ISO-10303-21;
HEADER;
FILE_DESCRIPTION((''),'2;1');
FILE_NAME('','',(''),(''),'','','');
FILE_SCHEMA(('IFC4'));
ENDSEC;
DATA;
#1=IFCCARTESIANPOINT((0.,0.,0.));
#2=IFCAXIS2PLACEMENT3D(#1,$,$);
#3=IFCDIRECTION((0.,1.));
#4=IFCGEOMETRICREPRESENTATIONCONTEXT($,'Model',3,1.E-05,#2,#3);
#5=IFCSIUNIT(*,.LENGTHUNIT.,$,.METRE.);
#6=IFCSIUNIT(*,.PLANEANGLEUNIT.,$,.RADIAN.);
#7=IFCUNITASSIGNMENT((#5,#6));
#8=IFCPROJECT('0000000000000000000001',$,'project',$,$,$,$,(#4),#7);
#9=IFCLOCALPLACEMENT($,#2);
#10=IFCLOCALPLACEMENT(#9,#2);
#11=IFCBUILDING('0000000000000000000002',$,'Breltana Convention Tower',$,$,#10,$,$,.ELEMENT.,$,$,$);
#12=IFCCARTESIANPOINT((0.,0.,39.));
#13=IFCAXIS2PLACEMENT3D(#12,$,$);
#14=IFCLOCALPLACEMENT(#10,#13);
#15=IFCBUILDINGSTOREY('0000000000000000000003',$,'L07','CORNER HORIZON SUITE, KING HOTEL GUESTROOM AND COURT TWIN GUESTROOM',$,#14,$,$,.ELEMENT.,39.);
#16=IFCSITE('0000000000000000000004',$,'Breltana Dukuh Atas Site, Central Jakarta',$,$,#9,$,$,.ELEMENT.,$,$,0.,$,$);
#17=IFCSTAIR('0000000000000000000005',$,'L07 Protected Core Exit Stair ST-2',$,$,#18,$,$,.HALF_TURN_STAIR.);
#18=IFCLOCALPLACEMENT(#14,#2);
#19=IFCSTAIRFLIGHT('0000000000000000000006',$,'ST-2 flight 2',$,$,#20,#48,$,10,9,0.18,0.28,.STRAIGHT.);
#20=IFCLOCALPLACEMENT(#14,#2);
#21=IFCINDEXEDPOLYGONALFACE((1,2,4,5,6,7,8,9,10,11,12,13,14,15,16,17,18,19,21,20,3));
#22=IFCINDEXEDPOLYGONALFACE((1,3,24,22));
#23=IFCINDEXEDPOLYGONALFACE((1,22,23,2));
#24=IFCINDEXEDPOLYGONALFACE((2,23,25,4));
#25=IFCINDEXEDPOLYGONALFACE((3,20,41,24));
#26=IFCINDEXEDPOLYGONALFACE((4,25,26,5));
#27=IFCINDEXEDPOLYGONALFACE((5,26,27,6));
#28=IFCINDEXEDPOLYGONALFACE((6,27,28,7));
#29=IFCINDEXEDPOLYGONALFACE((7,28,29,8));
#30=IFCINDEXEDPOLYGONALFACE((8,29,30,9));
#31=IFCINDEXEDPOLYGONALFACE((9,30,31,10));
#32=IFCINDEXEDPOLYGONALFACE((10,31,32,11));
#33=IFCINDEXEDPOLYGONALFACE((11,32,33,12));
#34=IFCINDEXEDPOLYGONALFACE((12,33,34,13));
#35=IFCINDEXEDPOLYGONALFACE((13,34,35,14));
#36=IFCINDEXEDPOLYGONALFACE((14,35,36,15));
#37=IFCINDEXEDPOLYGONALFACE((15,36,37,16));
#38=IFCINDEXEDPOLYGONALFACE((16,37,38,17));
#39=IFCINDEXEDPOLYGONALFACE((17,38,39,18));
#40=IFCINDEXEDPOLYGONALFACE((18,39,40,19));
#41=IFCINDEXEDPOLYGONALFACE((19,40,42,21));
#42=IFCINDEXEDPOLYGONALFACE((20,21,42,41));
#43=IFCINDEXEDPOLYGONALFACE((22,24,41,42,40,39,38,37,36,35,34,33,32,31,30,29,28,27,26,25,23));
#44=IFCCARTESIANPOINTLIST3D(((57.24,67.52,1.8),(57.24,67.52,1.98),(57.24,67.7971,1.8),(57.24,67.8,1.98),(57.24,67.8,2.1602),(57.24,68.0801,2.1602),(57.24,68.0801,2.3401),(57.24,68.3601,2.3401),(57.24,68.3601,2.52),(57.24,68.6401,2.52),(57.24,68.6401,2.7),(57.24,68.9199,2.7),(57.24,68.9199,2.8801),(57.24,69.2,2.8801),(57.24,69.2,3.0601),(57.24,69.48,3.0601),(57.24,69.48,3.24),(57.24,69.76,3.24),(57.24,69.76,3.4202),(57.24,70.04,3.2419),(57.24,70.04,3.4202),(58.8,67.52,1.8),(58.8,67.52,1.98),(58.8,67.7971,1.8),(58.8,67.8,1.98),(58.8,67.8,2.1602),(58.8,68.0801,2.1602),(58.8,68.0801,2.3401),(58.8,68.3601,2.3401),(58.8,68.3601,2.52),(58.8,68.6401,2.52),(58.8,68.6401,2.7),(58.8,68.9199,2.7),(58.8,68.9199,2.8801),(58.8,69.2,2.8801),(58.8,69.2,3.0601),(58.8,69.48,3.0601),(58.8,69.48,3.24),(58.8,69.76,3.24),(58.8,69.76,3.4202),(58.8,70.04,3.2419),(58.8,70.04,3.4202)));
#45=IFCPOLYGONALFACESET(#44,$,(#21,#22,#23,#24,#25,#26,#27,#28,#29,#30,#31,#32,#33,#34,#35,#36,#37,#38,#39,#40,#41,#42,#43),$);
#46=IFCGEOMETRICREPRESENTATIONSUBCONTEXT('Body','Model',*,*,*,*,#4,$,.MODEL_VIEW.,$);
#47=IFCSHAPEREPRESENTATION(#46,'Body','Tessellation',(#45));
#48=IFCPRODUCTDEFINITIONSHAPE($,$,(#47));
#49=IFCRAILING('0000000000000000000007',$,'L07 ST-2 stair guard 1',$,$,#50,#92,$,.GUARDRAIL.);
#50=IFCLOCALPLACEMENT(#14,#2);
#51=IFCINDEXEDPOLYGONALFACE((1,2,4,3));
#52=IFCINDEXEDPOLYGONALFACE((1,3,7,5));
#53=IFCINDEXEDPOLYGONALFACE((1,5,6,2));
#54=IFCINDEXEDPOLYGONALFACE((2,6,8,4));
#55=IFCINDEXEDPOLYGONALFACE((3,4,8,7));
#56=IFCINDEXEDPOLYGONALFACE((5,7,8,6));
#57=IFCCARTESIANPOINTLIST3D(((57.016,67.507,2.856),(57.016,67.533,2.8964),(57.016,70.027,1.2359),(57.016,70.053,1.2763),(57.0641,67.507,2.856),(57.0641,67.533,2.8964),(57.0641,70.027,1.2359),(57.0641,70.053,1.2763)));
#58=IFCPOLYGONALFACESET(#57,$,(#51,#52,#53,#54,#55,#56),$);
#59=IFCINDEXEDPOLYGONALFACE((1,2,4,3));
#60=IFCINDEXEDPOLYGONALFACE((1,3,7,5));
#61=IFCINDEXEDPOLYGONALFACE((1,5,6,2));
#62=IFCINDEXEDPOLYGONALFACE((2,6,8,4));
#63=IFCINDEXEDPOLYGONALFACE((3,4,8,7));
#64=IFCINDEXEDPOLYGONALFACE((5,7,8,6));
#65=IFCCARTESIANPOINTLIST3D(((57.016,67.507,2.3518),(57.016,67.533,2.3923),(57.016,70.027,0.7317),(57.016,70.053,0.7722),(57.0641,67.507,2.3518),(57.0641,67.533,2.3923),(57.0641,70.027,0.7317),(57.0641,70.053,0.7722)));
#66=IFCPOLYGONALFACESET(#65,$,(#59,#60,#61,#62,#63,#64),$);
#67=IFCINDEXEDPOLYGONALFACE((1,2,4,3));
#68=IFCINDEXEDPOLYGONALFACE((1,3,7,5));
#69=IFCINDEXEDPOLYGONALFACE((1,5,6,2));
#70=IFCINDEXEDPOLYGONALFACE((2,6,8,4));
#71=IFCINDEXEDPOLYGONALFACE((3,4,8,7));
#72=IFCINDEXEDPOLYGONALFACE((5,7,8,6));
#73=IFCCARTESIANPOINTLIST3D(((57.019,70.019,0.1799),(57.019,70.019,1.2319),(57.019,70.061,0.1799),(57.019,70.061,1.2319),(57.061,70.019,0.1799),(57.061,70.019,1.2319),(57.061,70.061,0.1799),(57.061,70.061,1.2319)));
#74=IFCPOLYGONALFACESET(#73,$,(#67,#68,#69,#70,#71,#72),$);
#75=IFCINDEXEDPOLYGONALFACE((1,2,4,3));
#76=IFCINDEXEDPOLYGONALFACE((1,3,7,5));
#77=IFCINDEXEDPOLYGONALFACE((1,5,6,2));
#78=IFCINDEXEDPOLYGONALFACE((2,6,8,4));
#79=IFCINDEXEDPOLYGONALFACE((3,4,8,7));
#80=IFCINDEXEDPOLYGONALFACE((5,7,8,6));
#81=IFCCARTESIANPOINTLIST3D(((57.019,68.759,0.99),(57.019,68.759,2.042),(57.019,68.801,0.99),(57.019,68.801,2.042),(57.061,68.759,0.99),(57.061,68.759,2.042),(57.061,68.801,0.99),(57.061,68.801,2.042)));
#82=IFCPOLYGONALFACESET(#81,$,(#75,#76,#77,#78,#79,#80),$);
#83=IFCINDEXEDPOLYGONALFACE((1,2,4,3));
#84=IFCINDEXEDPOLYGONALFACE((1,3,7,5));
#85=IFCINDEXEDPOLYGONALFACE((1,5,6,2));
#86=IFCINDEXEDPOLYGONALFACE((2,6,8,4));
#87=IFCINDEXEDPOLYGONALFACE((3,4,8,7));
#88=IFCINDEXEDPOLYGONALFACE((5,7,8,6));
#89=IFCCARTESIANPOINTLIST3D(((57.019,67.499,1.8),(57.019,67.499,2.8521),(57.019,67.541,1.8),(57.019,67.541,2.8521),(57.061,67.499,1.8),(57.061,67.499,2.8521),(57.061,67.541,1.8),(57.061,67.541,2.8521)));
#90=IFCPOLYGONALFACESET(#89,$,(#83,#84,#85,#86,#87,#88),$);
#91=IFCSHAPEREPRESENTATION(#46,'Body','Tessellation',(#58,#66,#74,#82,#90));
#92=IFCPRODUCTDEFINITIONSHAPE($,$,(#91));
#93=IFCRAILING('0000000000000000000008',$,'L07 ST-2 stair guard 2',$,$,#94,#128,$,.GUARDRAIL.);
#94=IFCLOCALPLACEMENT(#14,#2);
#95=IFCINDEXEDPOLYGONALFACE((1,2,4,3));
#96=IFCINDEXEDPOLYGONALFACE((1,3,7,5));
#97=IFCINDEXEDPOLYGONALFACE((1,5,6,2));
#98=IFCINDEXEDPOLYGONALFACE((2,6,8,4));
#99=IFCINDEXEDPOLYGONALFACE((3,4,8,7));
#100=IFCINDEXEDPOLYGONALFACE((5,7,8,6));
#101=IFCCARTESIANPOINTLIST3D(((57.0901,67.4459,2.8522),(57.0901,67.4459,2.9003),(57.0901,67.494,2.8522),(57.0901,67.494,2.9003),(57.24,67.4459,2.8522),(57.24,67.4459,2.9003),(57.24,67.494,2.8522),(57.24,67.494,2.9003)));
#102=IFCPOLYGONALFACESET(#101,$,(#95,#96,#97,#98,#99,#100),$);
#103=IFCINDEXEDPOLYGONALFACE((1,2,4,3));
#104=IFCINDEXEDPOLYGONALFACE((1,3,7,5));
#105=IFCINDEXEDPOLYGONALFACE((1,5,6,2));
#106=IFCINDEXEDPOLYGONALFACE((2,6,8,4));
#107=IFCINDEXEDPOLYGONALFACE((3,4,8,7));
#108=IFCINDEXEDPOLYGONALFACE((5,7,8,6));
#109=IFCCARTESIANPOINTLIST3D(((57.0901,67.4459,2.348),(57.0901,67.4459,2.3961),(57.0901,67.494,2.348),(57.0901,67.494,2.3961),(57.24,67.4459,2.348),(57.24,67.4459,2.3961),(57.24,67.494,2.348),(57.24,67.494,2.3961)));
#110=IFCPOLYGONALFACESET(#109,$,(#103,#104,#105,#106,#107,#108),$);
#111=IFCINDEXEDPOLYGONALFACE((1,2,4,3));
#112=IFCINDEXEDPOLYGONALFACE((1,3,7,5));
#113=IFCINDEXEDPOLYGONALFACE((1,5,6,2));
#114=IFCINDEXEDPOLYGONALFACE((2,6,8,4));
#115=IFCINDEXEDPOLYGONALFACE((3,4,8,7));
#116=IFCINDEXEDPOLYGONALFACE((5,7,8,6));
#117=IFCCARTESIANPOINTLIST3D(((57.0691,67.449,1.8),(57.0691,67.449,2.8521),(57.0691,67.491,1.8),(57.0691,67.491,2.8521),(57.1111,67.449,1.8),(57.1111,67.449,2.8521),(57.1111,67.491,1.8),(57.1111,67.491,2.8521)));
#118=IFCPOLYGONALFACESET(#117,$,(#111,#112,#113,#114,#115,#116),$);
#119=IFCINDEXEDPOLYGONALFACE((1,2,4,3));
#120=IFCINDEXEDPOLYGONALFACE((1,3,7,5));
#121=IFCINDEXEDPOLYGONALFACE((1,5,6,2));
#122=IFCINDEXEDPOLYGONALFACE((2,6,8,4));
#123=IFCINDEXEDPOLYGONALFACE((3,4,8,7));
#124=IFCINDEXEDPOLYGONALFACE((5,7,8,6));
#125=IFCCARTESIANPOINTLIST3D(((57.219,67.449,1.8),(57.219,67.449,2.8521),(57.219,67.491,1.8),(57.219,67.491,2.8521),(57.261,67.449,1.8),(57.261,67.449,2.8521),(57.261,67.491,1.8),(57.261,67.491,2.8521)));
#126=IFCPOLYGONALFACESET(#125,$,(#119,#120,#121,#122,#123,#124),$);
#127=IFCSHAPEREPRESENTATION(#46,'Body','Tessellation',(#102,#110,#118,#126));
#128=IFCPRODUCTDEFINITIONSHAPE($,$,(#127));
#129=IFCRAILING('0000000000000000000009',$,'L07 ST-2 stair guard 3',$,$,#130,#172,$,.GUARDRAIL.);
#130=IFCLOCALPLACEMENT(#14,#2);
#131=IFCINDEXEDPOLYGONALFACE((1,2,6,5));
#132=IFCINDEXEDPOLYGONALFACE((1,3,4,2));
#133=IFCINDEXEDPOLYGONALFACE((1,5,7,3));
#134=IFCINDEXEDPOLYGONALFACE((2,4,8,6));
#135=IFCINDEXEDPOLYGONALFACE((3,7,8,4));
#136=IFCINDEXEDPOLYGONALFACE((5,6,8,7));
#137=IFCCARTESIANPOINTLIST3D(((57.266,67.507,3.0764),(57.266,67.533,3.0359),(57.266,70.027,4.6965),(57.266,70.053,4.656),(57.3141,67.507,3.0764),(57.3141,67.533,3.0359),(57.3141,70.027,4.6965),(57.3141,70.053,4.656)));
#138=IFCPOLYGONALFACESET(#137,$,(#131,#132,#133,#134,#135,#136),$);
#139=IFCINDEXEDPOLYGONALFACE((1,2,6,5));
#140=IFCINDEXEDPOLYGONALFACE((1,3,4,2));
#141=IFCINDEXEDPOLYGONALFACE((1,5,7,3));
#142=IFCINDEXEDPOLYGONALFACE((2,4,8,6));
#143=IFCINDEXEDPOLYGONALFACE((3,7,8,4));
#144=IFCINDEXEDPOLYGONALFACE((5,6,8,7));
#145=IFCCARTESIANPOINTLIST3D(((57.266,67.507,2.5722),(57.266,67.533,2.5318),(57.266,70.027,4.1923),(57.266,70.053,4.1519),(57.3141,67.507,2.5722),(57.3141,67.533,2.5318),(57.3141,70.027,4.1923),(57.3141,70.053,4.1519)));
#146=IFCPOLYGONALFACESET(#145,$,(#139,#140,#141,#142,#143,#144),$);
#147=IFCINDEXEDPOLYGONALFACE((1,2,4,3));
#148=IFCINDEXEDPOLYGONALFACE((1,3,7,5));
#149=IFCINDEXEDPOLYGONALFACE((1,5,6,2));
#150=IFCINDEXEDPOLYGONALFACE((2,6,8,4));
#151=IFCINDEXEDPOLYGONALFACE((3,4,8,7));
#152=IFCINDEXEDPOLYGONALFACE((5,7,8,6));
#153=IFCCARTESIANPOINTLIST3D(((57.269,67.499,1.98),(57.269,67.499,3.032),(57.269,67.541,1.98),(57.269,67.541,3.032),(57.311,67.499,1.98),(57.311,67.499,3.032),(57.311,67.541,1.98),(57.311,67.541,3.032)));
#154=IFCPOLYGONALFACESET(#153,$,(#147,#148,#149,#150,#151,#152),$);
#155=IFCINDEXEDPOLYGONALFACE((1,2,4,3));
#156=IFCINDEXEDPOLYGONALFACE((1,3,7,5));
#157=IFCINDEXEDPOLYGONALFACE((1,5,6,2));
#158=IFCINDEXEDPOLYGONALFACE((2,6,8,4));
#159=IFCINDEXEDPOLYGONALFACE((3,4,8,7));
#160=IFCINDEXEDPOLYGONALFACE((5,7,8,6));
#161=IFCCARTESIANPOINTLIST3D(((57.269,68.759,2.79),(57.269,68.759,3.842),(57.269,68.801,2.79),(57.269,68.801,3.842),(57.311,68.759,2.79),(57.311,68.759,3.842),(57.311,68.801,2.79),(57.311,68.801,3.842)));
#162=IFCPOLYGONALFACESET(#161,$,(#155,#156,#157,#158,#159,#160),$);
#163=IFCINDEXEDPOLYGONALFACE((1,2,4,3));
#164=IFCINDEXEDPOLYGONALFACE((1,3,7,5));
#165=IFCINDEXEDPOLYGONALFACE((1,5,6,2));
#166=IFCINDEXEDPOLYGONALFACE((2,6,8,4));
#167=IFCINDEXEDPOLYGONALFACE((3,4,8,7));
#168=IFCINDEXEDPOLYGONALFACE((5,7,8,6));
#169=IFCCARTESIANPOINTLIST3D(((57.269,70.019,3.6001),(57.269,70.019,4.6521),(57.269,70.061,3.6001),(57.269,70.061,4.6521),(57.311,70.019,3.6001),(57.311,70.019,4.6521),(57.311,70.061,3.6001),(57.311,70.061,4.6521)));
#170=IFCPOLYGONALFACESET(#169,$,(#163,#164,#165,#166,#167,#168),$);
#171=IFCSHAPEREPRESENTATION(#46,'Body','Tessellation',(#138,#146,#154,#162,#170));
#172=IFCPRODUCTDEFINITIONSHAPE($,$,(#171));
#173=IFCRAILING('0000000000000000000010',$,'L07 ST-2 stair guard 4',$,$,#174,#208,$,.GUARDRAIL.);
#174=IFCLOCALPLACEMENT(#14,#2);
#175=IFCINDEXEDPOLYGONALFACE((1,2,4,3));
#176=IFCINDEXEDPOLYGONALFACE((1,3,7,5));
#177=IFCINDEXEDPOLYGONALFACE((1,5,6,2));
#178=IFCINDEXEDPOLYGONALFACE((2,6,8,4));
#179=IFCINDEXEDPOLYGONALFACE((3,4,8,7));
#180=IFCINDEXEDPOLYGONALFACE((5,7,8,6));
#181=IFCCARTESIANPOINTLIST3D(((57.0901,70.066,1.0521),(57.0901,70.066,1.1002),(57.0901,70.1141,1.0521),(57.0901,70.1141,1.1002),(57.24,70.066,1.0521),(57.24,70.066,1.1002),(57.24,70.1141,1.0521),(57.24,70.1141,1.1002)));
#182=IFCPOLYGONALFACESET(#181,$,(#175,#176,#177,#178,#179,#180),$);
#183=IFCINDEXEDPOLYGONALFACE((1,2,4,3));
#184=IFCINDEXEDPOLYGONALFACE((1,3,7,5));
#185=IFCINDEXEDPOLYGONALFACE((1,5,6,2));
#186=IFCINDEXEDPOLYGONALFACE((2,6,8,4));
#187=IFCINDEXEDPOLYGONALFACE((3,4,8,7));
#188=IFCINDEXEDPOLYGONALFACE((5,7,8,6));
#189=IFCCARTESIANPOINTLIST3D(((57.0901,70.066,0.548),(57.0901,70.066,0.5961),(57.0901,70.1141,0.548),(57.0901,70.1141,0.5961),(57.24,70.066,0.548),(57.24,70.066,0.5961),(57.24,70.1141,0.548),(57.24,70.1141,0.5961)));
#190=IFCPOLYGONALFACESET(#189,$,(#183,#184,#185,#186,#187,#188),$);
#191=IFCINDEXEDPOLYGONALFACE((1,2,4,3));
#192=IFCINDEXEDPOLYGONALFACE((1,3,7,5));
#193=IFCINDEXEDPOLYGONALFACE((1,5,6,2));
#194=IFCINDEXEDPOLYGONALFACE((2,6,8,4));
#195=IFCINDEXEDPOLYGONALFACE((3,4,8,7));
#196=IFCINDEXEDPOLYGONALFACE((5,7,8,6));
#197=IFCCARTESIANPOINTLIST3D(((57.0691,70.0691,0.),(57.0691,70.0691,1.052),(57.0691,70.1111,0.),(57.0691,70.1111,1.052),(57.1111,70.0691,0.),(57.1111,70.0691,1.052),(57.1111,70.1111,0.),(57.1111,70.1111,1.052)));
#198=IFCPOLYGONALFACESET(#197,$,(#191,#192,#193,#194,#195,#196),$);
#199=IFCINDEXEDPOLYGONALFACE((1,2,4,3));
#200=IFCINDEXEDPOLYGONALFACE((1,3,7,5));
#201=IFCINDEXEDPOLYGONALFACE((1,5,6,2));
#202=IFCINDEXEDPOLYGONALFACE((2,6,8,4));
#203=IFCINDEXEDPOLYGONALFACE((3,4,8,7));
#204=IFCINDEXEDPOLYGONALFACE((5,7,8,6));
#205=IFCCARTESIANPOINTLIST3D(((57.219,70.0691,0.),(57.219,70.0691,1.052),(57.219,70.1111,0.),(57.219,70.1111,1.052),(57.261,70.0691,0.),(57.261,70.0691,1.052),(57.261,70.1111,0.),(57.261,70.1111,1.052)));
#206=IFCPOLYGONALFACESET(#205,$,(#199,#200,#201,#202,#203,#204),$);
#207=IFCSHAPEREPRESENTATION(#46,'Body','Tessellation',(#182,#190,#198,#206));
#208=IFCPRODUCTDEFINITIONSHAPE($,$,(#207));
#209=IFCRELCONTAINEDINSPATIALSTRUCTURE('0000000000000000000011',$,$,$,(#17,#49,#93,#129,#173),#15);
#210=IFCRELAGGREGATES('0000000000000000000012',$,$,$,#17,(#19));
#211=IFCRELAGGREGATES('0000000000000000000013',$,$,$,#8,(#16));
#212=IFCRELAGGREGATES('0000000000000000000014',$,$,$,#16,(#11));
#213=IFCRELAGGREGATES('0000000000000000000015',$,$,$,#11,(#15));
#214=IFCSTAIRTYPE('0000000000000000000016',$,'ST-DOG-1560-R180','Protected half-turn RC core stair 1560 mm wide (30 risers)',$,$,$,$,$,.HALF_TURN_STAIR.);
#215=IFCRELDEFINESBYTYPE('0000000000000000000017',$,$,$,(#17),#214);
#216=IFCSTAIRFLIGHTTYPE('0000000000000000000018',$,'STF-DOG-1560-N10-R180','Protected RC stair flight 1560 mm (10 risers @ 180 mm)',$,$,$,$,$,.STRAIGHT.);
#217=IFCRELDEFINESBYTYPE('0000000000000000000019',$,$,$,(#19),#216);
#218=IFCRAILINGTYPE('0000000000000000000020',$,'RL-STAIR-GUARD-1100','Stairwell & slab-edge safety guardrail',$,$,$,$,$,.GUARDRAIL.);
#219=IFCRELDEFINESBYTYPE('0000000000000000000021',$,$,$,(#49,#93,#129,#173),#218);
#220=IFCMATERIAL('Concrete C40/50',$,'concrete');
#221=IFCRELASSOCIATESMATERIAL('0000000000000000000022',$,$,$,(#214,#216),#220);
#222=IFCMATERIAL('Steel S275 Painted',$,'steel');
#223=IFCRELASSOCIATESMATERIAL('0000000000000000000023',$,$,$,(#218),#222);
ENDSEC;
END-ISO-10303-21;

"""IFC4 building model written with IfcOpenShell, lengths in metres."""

from ifc_helpers import new_model, si_unit, direction, frame, origin, origin_2d, place, context, subcontext, project, spatial, polyline, rectangle, outline, extrude, material, type_object, element, aggregate, save


model = new_model("IFC4")

# Units and contexts
model_context = context("Model", 3, precision=1e-05, world=origin(), true_north=direction((0.0, 1.0)))
body_context = subcontext(model_context, "Body", "Model", "MODEL_VIEW")
ifc_project = project(units=[si_unit("LENGTHUNIT", "METRE"), si_unit("PLANEANGLEUNIT", "RADIAN")], contexts=[model_context])

# Site, building, storey
site_placement = place(None, origin())
site = spatial("IfcSite", under=ifc_project, at=site_placement, Name="Breltana Dukuh Atas Site, Central Jakarta", CompositionType="ELEMENT", RefElevation=0.0)
building_placement = place(site_placement, origin())
building = spatial("IfcBuilding", under=site, at=building_placement, Name="Breltana Convention Tower", CompositionType="ELEMENT")
storey_placement = place(building_placement, frame((0.0, 0.0, 39.0)))
storey = spatial("IfcBuildingStorey", under=building, at=storey_placement, Name="L07", Description="CORNER HORIZON SUITE, KING HOTEL GUESTROOM AND COURT TWIN GUESTROOM", CompositionType="ELEMENT", Elevation=39.0)

# Stair, stair flight
ifc_material_1 = material(Name="Concrete C40/50", Category="concrete")
stair_type = type_object("IfcStairType", Name="ST-DOG-1560-R180", Description="Protected half-turn RC core stair 1560 mm wide (30 risers)", PredefinedType="HALF_TURN_STAIR", material=ifc_material_1)
stair_placement = place(storey_placement, origin())
stair = element("IfcStair", 1, at=stair_placement, inside=storey, type_object=stair_type, Name="L07 Protected Core Exit Stair ST-2", PredefinedType="HALF_TURN_STAIR")
stair_flight_type = type_object("IfcStairFlightType", Name="STF-DOG-1560-N10-R180", Description="Protected RC stair flight 1560 mm (10 risers @ 180 mm)", PredefinedType="STRAIGHT", material=ifc_material_1)
stair_flight_1_placement = place(storey_placement, frame((58.02, 67.52, 1.8), z_axis=(0.0, 0.0, 1.0), x_axis=(0.0, 1.0, 0.0)))
stair_flight_1 = element("IfcStairFlight", 2, at=stair_flight_1_placement, type_object=stair_flight_type, Name="ST-2 flight 2", NumberOfRisers=10, NumberOfTreads=9, PredefinedType="STRAIGHT", RiserHeight=0.18, TreadLength=0.28, context=body_context, shape_type="SweptSolid", body=[
    extrude(outline(polyline([(0.0, 0.0), (0.0, 0.1799), (0.28, 0.1799), (0.28, 0.3601), (0.5601, 0.3601), (0.5601, 0.54), (0.8401, 0.54), (0.8401, 0.72), (1.1201, 0.72), (1.1201, 0.8999), (1.3999, 0.8999), (1.3999, 1.0801), (1.6799, 1.0801), (1.6799, 1.26), (1.96, 1.26), (1.96, 1.4399), (2.24, 1.4399), (2.24, 1.6201), (2.52, 1.6201), (2.52, 1.8), (2.52, 1.4419), (0.2771, 0.0), (0.0, 0.0)])), frame((0.0, 0.78, 0.0), z_axis=(0.0, -1.0, 0.0), x_axis=(1.0, 0.0, 0.0)), (0.0, 0.0, 1.0), 1.5601),
])
aggregate(stair, [stair_flight_1])

# Railings
ifc_material_2 = material(Name="Steel S275 Painted", Category="steel")
railing_type_1 = type_object("IfcRailingType", Name="RL-STAIR-GUARD-1100", Description="Stairwell & slab-edge safety guardrail", PredefinedType="GUARDRAIL", material=ifc_material_2)
railing_1_placement = place(storey_placement, frame((57.04, 70.04, 0.1799)))
element("IfcRailing", 3, at=railing_1_placement, inside=storey, type_object=railing_type_1, Name="L07 ST-2 stair guard 1", PredefinedType="GUARDRAIL", context=body_context, shape_type="SweptSolid", body=[
    extrude(rectangle(XDim=0.0481, YDim=0.0481, at=origin_2d()), frame((0.0, 0.0, 1.0762), z_axis=(0.0, -0.841163, 0.540782), x_axis=(1.0, 0.0, 0.0)), (0.0, 0.0, 1.0), 2.9958),
    extrude(rectangle(XDim=0.0481, YDim=0.0481, at=origin_2d()), frame((0.0, 0.0, 0.572), z_axis=(0.0, -0.841163, 0.540782), x_axis=(1.0, 0.0, 0.0)), (0.0, 0.0, 1.0), 2.9958),
    extrude(rectangle(XDim=0.042, YDim=0.042, at=origin_2d()), origin(), (0.0, 0.0, 1.0), 1.052),
    extrude(rectangle(XDim=0.042, YDim=0.042, at=origin_2d()), frame((0.0, -1.26, 0.8101)), (0.0, 0.0, 1.0), 1.052),
    extrude(rectangle(XDim=0.042, YDim=0.042, at=origin_2d()), frame((0.0, -2.52, 1.6201)), (0.0, 0.0, 1.0), 1.052),
])
railing_2_placement = place(storey_placement, frame((57.0901, 67.47, 1.8)))
element("IfcRailing", 4, at=railing_2_placement, inside=storey, type_object=railing_type_1, Name="L07 ST-2 stair guard 2", PredefinedType="GUARDRAIL", context=body_context, shape_type="SweptSolid", body=[
    extrude(rectangle(XDim=0.0481, YDim=0.0481, at=origin_2d()), frame((0.0, 0.0, 1.0762), z_axis=(1.0, 0.0, 0.0), x_axis=(0.0, 1.0, 0.0)), (0.0, 0.0, 1.0), 0.1499),
    extrude(rectangle(XDim=0.0481, YDim=0.0481, at=origin_2d()), frame((0.0, 0.0, 0.572), z_axis=(1.0, 0.0, 0.0), x_axis=(0.0, 1.0, 0.0)), (0.0, 0.0, 1.0), 0.1499),
    extrude(rectangle(XDim=0.042, YDim=0.042, at=origin_2d()), origin(), (0.0, 0.0, 1.0), 1.052),
    extrude(rectangle(XDim=0.042, YDim=0.042, at=origin_2d()), frame((0.1499, 0.0, 0.0)), (0.0, 0.0, 1.0), 1.052),
])
railing_3_placement = place(storey_placement, frame((57.29, 67.52, 1.98)))
element("IfcRailing", 5, at=railing_3_placement, inside=storey, type_object=railing_type_1, Name="L07 ST-2 stair guard 3", PredefinedType="GUARDRAIL", context=body_context, shape_type="SweptSolid", body=[
    extrude(rectangle(XDim=0.0481, YDim=0.0481, at=origin_2d()), frame((0.0, 0.0, 1.0762), z_axis=(0.0, 0.841163, 0.540782), x_axis=(-1.0, 0.0, 0.0)), (0.0, 0.0, 1.0), 2.9958),
    extrude(rectangle(XDim=0.0481, YDim=0.0481, at=origin_2d()), frame((0.0, 0.0, 0.572), z_axis=(0.0, 0.841163, 0.540782), x_axis=(-1.0, 0.0, 0.0)), (0.0, 0.0, 1.0), 2.9958),
    extrude(rectangle(XDim=0.042, YDim=0.042, at=origin_2d()), origin(), (0.0, 0.0, 1.0), 1.052),
    extrude(rectangle(XDim=0.042, YDim=0.042, at=origin_2d()), frame((0.0, 1.26, 0.8101)), (0.0, 0.0, 1.0), 1.052),
    extrude(rectangle(XDim=0.042, YDim=0.042, at=origin_2d()), frame((0.0, 2.52, 1.6201)), (0.0, 0.0, 1.0), 1.052),
])
railing_4_placement = place(storey_placement, frame((57.0901, 70.0901, 0.0)))
element("IfcRailing", 6, at=railing_4_placement, inside=storey, type_object=railing_type_1, Name="L07 ST-2 stair guard 4", PredefinedType="GUARDRAIL", context=body_context, shape_type="SweptSolid", body=[
    extrude(rectangle(XDim=0.0481, YDim=0.0481, at=origin_2d()), frame((0.0, 0.0, 1.0762), z_axis=(1.0, 0.0, 0.0), x_axis=(0.0, 1.0, 0.0)), (0.0, 0.0, 1.0), 0.1499),
    extrude(rectangle(XDim=0.0481, YDim=0.0481, at=origin_2d()), frame((0.0, 0.0, 0.572), z_axis=(1.0, 0.0, 0.0), x_axis=(0.0, 1.0, 0.0)), (0.0, 0.0, 1.0), 0.1499),
    extrude(rectangle(XDim=0.042, YDim=0.042, at=origin_2d()), origin(), (0.0, 0.0, 1.0), 1.052),
    extrude(rectangle(XDim=0.042, YDim=0.042, at=origin_2d()), frame((0.1499, 0.0, 0.0)), (0.0, 0.0, 1.0), 1.052),
])

save(model, "model.ifc")
